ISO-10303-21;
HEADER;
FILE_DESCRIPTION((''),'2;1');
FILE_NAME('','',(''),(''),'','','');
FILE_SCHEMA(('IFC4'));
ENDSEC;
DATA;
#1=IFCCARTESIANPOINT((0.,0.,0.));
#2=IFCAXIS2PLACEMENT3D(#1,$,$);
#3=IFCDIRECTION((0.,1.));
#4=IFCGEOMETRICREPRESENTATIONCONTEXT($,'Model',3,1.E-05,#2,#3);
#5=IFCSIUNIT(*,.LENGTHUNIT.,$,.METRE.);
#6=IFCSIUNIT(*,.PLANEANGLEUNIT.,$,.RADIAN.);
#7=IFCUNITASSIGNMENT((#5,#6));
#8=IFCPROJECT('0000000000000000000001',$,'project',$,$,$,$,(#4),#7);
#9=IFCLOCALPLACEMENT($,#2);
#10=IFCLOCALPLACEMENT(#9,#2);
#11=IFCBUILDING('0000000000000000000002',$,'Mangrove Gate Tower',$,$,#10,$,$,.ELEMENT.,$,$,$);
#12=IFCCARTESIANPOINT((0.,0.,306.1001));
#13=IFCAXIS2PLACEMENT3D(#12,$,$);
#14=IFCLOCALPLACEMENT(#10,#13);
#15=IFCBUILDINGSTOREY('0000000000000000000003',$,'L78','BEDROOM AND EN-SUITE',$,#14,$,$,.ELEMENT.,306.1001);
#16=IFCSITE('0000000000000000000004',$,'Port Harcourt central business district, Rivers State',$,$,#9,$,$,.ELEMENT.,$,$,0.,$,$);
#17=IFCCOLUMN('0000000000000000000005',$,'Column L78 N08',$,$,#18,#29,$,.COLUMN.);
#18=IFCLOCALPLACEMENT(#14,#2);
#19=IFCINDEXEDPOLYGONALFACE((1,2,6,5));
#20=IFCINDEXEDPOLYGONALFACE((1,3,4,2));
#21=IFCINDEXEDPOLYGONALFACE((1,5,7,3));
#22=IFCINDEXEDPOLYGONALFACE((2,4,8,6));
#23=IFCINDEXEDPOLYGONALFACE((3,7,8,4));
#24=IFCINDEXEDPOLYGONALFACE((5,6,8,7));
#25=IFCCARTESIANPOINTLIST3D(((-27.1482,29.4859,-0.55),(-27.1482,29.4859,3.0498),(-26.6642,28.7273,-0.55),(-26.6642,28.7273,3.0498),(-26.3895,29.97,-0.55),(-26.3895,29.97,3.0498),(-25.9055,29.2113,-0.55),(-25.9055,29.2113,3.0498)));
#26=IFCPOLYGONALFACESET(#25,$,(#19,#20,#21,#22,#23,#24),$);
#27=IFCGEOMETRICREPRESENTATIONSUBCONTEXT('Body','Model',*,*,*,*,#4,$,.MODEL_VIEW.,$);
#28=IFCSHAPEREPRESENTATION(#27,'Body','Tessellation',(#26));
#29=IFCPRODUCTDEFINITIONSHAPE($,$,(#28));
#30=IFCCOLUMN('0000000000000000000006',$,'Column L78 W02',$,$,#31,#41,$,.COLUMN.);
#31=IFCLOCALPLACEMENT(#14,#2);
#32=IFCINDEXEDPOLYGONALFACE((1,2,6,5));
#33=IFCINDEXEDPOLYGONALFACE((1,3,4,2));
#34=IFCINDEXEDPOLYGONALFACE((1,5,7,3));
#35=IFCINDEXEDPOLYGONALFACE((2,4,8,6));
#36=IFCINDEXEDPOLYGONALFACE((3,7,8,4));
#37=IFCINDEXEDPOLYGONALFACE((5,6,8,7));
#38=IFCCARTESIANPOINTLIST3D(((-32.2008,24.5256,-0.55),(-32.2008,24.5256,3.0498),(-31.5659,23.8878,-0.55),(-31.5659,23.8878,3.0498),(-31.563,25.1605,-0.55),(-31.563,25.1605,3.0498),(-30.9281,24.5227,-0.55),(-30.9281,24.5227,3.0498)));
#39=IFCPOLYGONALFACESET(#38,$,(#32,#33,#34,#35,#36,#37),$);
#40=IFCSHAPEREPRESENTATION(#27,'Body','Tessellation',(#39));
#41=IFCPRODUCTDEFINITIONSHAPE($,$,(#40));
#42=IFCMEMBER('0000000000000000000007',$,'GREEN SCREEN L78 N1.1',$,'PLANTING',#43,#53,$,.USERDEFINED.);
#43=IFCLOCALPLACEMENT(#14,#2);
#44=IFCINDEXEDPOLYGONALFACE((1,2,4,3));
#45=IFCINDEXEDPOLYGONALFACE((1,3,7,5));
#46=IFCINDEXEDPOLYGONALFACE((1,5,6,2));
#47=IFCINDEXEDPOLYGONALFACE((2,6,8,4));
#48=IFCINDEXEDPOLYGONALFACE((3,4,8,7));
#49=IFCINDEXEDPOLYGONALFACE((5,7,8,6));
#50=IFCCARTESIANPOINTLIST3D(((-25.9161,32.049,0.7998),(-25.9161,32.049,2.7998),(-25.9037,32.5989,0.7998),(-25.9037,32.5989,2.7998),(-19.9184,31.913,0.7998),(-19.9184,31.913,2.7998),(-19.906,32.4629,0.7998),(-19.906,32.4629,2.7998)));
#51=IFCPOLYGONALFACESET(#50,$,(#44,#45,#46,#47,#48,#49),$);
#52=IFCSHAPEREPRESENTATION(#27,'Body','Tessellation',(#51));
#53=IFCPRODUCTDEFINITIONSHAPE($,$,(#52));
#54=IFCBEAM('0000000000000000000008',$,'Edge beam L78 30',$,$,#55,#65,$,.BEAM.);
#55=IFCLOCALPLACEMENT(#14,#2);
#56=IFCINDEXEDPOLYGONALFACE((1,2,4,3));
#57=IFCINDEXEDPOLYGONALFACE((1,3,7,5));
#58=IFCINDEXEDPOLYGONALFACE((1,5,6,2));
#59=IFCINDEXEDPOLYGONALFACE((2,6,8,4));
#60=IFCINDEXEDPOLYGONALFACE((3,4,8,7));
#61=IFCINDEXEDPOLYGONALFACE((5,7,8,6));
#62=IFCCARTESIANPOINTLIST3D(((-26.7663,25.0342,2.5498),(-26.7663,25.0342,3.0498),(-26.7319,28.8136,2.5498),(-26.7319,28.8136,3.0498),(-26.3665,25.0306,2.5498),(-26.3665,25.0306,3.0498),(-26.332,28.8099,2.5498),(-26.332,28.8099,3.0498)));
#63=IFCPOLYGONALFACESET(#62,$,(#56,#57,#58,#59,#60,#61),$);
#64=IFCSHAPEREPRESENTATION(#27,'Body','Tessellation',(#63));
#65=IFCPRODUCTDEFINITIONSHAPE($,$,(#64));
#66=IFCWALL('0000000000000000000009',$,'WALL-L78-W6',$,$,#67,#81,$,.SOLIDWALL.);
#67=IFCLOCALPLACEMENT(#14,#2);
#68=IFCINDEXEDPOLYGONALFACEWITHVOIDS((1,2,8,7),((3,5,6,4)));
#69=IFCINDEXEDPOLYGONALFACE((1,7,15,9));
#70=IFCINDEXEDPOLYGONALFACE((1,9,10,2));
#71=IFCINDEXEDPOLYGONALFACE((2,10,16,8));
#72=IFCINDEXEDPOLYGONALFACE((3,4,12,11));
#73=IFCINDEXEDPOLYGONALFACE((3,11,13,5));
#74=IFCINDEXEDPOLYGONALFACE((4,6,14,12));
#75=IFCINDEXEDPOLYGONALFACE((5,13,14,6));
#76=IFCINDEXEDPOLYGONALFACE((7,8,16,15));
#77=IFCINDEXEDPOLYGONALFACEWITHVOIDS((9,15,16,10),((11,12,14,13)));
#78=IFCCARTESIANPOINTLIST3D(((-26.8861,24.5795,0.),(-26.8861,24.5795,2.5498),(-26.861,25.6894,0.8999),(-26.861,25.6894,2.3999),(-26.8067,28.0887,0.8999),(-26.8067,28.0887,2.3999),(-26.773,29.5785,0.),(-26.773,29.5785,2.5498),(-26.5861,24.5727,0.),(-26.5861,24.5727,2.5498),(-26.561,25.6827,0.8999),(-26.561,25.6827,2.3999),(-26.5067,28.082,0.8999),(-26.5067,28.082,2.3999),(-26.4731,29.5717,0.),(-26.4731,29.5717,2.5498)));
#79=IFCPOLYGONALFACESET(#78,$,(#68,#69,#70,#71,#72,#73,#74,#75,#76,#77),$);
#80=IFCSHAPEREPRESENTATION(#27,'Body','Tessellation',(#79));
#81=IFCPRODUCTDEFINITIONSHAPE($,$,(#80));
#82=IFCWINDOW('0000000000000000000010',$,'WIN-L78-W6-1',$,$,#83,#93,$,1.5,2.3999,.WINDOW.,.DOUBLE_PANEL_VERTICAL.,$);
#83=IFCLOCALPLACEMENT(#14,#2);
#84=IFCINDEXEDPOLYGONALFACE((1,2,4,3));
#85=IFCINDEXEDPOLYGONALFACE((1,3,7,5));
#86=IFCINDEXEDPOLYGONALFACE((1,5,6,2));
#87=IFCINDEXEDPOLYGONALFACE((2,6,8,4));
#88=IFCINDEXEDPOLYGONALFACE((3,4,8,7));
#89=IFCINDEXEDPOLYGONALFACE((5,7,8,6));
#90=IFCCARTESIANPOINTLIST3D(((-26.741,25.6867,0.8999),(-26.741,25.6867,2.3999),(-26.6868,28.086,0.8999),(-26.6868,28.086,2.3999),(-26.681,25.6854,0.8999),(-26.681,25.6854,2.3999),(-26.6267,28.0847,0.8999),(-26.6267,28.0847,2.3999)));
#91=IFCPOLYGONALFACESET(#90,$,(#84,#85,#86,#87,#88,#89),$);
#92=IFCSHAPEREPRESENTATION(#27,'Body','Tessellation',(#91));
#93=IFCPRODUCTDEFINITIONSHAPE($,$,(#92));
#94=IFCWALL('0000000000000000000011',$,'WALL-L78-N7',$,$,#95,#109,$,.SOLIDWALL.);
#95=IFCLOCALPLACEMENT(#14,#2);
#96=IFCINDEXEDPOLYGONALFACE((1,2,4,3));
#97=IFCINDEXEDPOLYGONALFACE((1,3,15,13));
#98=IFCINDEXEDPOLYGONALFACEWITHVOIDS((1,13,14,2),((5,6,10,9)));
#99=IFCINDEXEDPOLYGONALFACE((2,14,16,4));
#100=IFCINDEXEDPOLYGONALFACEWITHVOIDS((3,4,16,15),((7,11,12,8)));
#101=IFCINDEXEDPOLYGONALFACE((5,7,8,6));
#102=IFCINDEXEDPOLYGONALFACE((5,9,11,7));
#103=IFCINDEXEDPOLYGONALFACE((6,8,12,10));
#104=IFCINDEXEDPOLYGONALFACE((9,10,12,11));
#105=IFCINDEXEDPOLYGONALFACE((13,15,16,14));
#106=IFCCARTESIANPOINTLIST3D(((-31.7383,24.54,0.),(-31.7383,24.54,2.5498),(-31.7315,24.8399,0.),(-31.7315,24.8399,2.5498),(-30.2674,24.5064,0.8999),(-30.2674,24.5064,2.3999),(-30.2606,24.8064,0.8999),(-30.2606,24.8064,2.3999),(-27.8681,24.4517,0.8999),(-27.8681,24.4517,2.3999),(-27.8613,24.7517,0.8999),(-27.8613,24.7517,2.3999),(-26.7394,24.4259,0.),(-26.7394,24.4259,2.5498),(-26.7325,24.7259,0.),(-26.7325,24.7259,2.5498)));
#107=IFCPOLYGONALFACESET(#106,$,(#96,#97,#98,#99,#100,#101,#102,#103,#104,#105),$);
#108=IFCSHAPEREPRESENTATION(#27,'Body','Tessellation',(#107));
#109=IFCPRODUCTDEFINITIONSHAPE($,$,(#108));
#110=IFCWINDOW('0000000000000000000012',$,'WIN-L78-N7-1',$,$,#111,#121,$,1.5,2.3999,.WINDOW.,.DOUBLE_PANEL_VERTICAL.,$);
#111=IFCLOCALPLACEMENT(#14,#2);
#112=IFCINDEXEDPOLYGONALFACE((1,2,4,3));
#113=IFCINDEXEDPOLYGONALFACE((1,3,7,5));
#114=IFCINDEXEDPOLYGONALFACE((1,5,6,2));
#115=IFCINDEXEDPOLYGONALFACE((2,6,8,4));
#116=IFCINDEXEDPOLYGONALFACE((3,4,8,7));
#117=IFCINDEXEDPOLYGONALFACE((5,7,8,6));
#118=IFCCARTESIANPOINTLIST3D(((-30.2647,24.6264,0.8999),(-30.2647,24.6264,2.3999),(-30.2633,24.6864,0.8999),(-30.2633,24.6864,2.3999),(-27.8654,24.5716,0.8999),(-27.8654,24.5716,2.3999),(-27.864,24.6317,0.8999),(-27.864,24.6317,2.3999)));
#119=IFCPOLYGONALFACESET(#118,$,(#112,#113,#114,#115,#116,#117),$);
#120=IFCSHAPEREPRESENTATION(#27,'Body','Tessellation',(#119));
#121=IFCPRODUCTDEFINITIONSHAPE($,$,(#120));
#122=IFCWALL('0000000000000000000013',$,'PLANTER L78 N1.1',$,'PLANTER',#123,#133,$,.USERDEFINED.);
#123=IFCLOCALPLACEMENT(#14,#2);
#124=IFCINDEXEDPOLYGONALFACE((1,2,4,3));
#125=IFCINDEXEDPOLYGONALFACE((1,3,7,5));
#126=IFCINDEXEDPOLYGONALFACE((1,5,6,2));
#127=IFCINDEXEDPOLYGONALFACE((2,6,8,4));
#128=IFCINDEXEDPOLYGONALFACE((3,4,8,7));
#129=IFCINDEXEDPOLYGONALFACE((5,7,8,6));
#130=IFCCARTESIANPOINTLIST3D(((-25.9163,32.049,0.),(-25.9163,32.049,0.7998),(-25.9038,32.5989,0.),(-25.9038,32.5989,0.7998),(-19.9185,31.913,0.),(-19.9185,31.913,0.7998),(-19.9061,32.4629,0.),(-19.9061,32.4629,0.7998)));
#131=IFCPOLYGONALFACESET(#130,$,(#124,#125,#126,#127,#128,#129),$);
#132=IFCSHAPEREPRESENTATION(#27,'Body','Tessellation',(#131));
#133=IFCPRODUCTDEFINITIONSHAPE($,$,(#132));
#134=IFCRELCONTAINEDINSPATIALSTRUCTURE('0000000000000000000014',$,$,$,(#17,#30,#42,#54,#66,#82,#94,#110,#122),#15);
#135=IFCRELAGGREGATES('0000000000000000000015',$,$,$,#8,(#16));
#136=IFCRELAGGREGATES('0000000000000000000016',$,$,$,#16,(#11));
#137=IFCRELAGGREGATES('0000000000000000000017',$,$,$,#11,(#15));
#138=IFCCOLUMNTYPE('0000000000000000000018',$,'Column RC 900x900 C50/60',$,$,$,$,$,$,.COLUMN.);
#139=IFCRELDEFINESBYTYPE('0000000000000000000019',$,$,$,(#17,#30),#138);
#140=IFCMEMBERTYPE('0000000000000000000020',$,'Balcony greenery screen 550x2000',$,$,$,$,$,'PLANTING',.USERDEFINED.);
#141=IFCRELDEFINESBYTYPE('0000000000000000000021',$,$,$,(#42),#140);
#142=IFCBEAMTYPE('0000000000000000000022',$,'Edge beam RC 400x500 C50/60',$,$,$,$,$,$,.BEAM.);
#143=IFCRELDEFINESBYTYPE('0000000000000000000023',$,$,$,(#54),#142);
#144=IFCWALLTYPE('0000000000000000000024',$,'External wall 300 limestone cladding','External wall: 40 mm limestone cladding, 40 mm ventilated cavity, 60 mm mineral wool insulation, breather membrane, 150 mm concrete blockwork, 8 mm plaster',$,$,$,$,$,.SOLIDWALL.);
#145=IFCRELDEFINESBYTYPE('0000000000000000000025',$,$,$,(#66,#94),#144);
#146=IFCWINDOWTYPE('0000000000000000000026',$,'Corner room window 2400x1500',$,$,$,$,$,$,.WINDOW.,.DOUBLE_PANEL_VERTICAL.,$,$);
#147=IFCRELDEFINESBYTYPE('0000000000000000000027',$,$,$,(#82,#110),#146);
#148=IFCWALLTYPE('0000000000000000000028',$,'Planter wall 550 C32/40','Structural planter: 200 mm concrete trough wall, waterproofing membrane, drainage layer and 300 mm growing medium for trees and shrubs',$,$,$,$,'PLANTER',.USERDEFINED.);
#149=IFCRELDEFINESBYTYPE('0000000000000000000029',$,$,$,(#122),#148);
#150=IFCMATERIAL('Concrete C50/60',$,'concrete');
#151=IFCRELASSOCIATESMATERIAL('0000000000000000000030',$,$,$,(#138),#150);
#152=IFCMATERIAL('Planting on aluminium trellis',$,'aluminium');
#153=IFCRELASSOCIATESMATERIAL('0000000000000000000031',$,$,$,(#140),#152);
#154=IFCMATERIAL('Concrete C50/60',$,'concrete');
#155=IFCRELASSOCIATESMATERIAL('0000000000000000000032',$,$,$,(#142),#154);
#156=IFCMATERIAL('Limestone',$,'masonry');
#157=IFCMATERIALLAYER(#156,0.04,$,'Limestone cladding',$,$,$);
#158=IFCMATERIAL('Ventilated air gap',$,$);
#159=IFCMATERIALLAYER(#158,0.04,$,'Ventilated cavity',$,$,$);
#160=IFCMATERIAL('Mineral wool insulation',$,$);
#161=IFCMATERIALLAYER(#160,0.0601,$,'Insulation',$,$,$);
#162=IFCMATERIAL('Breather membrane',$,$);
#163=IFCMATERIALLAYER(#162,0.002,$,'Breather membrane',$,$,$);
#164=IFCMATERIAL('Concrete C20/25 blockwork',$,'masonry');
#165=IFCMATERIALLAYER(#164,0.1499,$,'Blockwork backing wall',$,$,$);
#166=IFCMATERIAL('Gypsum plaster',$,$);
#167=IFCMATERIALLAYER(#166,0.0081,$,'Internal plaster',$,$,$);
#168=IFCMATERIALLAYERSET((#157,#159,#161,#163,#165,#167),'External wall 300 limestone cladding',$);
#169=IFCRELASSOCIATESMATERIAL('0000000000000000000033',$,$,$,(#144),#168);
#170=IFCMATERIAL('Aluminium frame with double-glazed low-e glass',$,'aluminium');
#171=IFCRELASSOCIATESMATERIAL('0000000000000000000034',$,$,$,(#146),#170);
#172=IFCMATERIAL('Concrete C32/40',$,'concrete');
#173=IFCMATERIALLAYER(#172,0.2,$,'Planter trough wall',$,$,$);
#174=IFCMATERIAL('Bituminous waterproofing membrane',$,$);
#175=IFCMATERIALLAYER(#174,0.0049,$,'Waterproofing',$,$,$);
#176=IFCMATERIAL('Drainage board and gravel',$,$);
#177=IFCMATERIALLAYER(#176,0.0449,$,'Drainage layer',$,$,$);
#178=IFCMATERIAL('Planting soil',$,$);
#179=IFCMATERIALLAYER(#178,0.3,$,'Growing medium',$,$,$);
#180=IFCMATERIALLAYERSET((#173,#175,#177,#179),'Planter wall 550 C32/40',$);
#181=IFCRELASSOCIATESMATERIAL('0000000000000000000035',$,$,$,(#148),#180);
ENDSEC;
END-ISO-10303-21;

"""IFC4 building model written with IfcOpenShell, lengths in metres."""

from ifc_helpers import new_model, si_unit, direction, frame, frame_2d, origin, origin_2d, place, context, subcontext, project, spatial, rectangle, extrude, material, layer, layer_set, material_profile, profile_set, type_object, element, fill, save


model = new_model("IFC4")

# Units and contexts
model_context = context("Model", 3, precision=1e-05, world=origin(), true_north=direction((0.0, 1.0)))
body_context = subcontext(model_context, "Body", "Model", "MODEL_VIEW")
ifc_project = project(units=[si_unit("LENGTHUNIT", "METRE"), si_unit("PLANEANGLEUNIT", "RADIAN")], contexts=[model_context])

# Site, building, storey
site_placement = place(None, origin())
site = spatial("IfcSite", under=ifc_project, at=site_placement, Name="Port Harcourt central business district, Rivers State", CompositionType="ELEMENT", RefElevation=0.0)
building_placement = place(site_placement, origin())
building = spatial("IfcBuilding", under=site, at=building_placement, Name="Mangrove Gate Tower", CompositionType="ELEMENT")
storey_placement = place(building_placement, frame((0.0, 0.0, 306.1001)))
storey = spatial("IfcBuildingStorey", under=building, at=storey_placement, Name="L78", Description="BEDROOM AND EN-SUITE", CompositionType="ELEMENT", Elevation=306.1001)

# Columns
ifc_material_1 = material(Name="Concrete C50/60", Category="concrete")
ifc_material_profile_1 = material_profile(ifc_material_1, rectangle(XDim=0.8999, YDim=0.8999, at=origin_2d()))
ifc_profile_set_1 = profile_set([ifc_material_profile_1], Name="Concrete C50/60")
column_type = type_object("IfcColumnType", Name="Column RC 900x900 C50/60", PredefinedType="COLUMN", material=ifc_profile_set_1)
for number, where, z_axis, x_axis, name in (
    (1, (-26.5269, 29.3486, -0.55), (0.0, 0.0, 1.0), (-0.843037, -0.537855, 0.0), "Column L78 N08"),
    (2, (-31.5645, 24.5242, -0.55), (0.0, 0.0, 1.0), (-0.708698, -0.705512, 0.0), "Column L78 W02"),
):
    element("IfcColumn", number, at=place(storey_placement, frame(where, z_axis=z_axis, x_axis=x_axis)), inside=storey, type_object=column_type, Name=name, PredefinedType="COLUMN", context=body_context, shape_type="SweptSolid", body=[
        extrude(rectangle(XDim=0.8999, YDim=0.8999, at=origin_2d()), origin(), (0.0, 0.0, 1.0), 3.5999),
    ])

# Member
ifc_material_2 = material(Name="Planting on aluminium trellis", Category="aluminium")
ifc_material_profile_2 = material_profile(ifc_material_2, rectangle(XDim=0.55, YDim=2.0, at=origin_2d()))
ifc_profile_set_2 = profile_set([ifc_material_profile_2], Name="Planting on aluminium trellis")
member_type = type_object("IfcMemberType", Name="Balcony greenery screen 550x2000", ElementType="PLANTING", PredefinedType="USERDEFINED", material=ifc_profile_set_2)
member_placement = place(storey_placement, frame((-25.9099, 32.324, 1.7998), z_axis=(0.999743, -0.022667, 0.0), x_axis=(0.022667, 0.999743, 0.0)))
element("IfcMember", 3, at=member_placement, inside=storey, type_object=member_type, Name="GREEN SCREEN L78 N1.1", ObjectType="PLANTING", PredefinedType="USERDEFINED", context=body_context, shape_type="SweptSolid", body=[
    extrude(rectangle(XDim=0.55, YDim=2.0, at=origin_2d()), origin(), (0.0, 0.0, 1.0), 5.9993),
])

# Beam
ifc_material_3 = material(Name="Concrete C50/60", Category="concrete")
ifc_material_profile_3 = material_profile(ifc_material_3, rectangle(XDim=0.3999, YDim=0.5, at=origin_2d()))
ifc_profile_set_3 = profile_set([ifc_material_profile_3], Name="Concrete C50/60")
beam_type = type_object("IfcBeamType", Name="Edge beam RC 400x500 C50/60", PredefinedType="BEAM", material=ifc_profile_set_3)
beam_placement = place(storey_placement, frame((-26.532, 28.8118, 2.7998), z_axis=(-0.009108, -0.999959, 0.0), x_axis=(0.999959, -0.009108, 0.0)))
element("IfcBeam", 4, at=beam_placement, inside=storey, type_object=beam_type, Name="Edge beam L78 30", PredefinedType="BEAM", context=body_context, shape_type="SweptSolid", body=[
    extrude(rectangle(XDim=0.3999, YDim=0.5, at=origin_2d()), origin(), (0.0, 0.0, 1.0), 3.7795),
])

# Walls, openings, windows
ifc_material_4 = material(Name="Limestone", Category="masonry")
ifc_layer_1 = layer(ifc_material_4, 0.04, Name="Limestone cladding")
ifc_material_5 = material(Name="Ventilated air gap")
ifc_layer_2 = layer(ifc_material_5, 0.04, Name="Ventilated cavity")
ifc_material_6 = material(Name="Mineral wool insulation")
ifc_layer_3 = layer(ifc_material_6, 0.0601, Name="Insulation")
ifc_material_7 = material(Name="Breather membrane")
ifc_layer_4 = layer(ifc_material_7, 0.002, Name="Breather membrane")
ifc_material_8 = material(Name="Concrete C20/25 blockwork", Category="masonry")
ifc_layer_5 = layer(ifc_material_8, 0.1499, Name="Blockwork backing wall")
ifc_material_9 = material(Name="Gypsum plaster")
ifc_layer_6 = layer(ifc_material_9, 0.0081, Name="Internal plaster")
ifc_layer_set_1 = layer_set([ifc_layer_1, ifc_layer_2, ifc_layer_3, ifc_layer_4, ifc_layer_5, ifc_layer_6], Name="External wall 300 limestone cladding")
wall_type_1 = type_object("IfcWallType", Name="External wall 300 limestone cladding", Description="External wall: 40 mm limestone cladding, 40 mm ventilated cavity, 60 mm mineral wool insulation, breather membrane, 150 mm concrete blockwork, 8 mm plaster", PredefinedType="SOLIDWALL", material=ifc_layer_set_1)
wall_1_placement = place(storey_placement, frame((-26.623, 29.575, 0.0), z_axis=(0.0, 0.0, 1.0), x_axis=(-0.022606, -0.999744, 0.0)))
wall_1 = element("IfcWall", 5, at=wall_1_placement, inside=storey, type_object=wall_type_1, Name="WALL-L78-W6", PredefinedType="SOLIDWALL", context=body_context, shape_type="SweptSolid", body=[
    extrude(rectangle(XDim=5.0002, YDim=0.3, at=frame_2d((2.5, 0.0))), origin(), (0.0, 0.0, 1.0), 2.5498),
])
opening_1_placement = place(wall_1_placement, frame((1.49, 0.0, 0.8999)))
opening_1 = element("IfcOpeningElement", 6, at=opening_1_placement, cuts=wall_1, PredefinedType="OPENING", context=body_context, shape_type="SweptSolid", body=[
    extrude(rectangle(XDim=2.3999, YDim=1.5, at=frame_2d((1.2, 0.75))), frame((0.0, 0.1599, 0.0), z_axis=(0.0, -1.0, 0.0), x_axis=(1.0, 0.0, 0.0)), (0.0, 0.0, 1.0), 0.3201),
])
ifc_material_10 = material(Name="Aluminium frame with double-glazed low-e glass", Category="aluminium")
window_type_1 = type_object("IfcWindowType", Name="Corner room window 2400x1500", PartitioningType="DOUBLE_PANEL_VERTICAL", PredefinedType="WINDOW", material=ifc_material_10)
window_1_placement = place(opening_1_placement, origin())
window_1 = element("IfcWindow", 7, at=window_1_placement, inside=storey, type_object=window_type_1, Name="WIN-L78-W6-1", OverallHeight=1.5, OverallWidth=2.3999, PartitioningType="DOUBLE_PANEL_VERTICAL", PredefinedType="WINDOW", context=body_context, shape_type="SweptSolid", body=[
    extrude(rectangle(XDim=2.3999, YDim=1.5, at=frame_2d((1.2, 0.75))), frame((0.0, 0.03, 0.0), z_axis=(0.0, -1.0, 0.0), x_axis=(1.0, 0.0, 0.0)), (0.0, 0.0, 1.0), 0.0601),
])
fill(opening_1, window_1)
wall_2_placement = place(storey_placement, frame((-26.7361, 24.5759, 0.0), z_axis=(0.0, 0.0, 1.0), x_axis=(-0.99974, 0.022801, 0.0)))
wall_2 = element("IfcWall", 8, at=wall_2_placement, inside=storey, type_object=wall_type_1, Name="WALL-L78-N7", PredefinedType="SOLIDWALL", context=body_context, shape_type="SweptSolid", body=[
    extrude(rectangle(XDim=5.0002, YDim=0.3, at=frame_2d((2.5, 0.0))), origin(), (0.0, 0.0, 1.0), 2.5498),
])
opening_2_placement = place(wall_2_placement, frame((1.1289, 0.0, 0.8999)))
opening_2 = element("IfcOpeningElement", 9, at=opening_2_placement, cuts=wall_2, PredefinedType="OPENING", context=body_context, shape_type="SweptSolid", body=[
    extrude(rectangle(XDim=2.3999, YDim=1.5, at=frame_2d((1.2, 0.75))), frame((0.0, 0.1599, 0.0), z_axis=(0.0, -1.0, 0.0), x_axis=(1.0, 0.0, 0.0)), (0.0, 0.0, 1.0), 0.3201),
])
window_2_placement = place(opening_2_placement, origin())
window_2 = element("IfcWindow", 10, at=window_2_placement, inside=storey, type_object=window_type_1, Name="WIN-L78-N7-1", OverallHeight=1.5, OverallWidth=2.3999, PartitioningType="DOUBLE_PANEL_VERTICAL", PredefinedType="WINDOW", context=body_context, shape_type="SweptSolid", body=[
    extrude(rectangle(XDim=2.3999, YDim=1.5, at=frame_2d((1.2, 0.75))), frame((0.0, 0.03, 0.0), z_axis=(0.0, -1.0, 0.0), x_axis=(1.0, 0.0, 0.0)), (0.0, 0.0, 1.0), 0.0601),
])
fill(opening_2, window_2)

# Wall
ifc_material_11 = material(Name="Concrete C32/40", Category="concrete")
ifc_layer_7 = layer(ifc_material_11, 0.2, Name="Planter trough wall")
ifc_material_12 = material(Name="Bituminous waterproofing membrane")
ifc_layer_8 = layer(ifc_material_12, 0.0049, Name="Waterproofing")
ifc_material_13 = material(Name="Drainage board and gravel")
ifc_layer_9 = layer(ifc_material_13, 0.0449, Name="Drainage layer")
ifc_material_14 = material(Name="Planting soil")
ifc_layer_10 = layer(ifc_material_14, 0.3, Name="Growing medium")
ifc_layer_set_2 = layer_set([ifc_layer_7, ifc_layer_8, ifc_layer_9, ifc_layer_10], Name="Planter wall 550 C32/40")
wall_type_2 = type_object("IfcWallType", Name="Planter wall 550 C32/40", Description="Structural planter: 200 mm concrete trough wall, waterproofing membrane, drainage layer and 300 mm growing medium for trees and shrubs", ElementType="PLANTER", PredefinedType="USERDEFINED", material=ifc_layer_set_2)
wall_3_placement = place(storey_placement, frame((-25.9099, 32.324, 0.0), z_axis=(0.0, 0.0, 1.0), x_axis=(0.999743, -0.022667, 0.0)))
element("IfcWall", 11, at=wall_3_placement, inside=storey, type_object=wall_type_2, Name="PLANTER L78 N1.1", ObjectType="PLANTER", PredefinedType="USERDEFINED", context=body_context, shape_type="SweptSolid", body=[
    extrude(rectangle(XDim=5.9993, YDim=0.55, at=frame_2d((2.9995, 0.0))), origin(), (0.0, 0.0, 1.0), 0.7998),
])

save(model, "model.ifc")
